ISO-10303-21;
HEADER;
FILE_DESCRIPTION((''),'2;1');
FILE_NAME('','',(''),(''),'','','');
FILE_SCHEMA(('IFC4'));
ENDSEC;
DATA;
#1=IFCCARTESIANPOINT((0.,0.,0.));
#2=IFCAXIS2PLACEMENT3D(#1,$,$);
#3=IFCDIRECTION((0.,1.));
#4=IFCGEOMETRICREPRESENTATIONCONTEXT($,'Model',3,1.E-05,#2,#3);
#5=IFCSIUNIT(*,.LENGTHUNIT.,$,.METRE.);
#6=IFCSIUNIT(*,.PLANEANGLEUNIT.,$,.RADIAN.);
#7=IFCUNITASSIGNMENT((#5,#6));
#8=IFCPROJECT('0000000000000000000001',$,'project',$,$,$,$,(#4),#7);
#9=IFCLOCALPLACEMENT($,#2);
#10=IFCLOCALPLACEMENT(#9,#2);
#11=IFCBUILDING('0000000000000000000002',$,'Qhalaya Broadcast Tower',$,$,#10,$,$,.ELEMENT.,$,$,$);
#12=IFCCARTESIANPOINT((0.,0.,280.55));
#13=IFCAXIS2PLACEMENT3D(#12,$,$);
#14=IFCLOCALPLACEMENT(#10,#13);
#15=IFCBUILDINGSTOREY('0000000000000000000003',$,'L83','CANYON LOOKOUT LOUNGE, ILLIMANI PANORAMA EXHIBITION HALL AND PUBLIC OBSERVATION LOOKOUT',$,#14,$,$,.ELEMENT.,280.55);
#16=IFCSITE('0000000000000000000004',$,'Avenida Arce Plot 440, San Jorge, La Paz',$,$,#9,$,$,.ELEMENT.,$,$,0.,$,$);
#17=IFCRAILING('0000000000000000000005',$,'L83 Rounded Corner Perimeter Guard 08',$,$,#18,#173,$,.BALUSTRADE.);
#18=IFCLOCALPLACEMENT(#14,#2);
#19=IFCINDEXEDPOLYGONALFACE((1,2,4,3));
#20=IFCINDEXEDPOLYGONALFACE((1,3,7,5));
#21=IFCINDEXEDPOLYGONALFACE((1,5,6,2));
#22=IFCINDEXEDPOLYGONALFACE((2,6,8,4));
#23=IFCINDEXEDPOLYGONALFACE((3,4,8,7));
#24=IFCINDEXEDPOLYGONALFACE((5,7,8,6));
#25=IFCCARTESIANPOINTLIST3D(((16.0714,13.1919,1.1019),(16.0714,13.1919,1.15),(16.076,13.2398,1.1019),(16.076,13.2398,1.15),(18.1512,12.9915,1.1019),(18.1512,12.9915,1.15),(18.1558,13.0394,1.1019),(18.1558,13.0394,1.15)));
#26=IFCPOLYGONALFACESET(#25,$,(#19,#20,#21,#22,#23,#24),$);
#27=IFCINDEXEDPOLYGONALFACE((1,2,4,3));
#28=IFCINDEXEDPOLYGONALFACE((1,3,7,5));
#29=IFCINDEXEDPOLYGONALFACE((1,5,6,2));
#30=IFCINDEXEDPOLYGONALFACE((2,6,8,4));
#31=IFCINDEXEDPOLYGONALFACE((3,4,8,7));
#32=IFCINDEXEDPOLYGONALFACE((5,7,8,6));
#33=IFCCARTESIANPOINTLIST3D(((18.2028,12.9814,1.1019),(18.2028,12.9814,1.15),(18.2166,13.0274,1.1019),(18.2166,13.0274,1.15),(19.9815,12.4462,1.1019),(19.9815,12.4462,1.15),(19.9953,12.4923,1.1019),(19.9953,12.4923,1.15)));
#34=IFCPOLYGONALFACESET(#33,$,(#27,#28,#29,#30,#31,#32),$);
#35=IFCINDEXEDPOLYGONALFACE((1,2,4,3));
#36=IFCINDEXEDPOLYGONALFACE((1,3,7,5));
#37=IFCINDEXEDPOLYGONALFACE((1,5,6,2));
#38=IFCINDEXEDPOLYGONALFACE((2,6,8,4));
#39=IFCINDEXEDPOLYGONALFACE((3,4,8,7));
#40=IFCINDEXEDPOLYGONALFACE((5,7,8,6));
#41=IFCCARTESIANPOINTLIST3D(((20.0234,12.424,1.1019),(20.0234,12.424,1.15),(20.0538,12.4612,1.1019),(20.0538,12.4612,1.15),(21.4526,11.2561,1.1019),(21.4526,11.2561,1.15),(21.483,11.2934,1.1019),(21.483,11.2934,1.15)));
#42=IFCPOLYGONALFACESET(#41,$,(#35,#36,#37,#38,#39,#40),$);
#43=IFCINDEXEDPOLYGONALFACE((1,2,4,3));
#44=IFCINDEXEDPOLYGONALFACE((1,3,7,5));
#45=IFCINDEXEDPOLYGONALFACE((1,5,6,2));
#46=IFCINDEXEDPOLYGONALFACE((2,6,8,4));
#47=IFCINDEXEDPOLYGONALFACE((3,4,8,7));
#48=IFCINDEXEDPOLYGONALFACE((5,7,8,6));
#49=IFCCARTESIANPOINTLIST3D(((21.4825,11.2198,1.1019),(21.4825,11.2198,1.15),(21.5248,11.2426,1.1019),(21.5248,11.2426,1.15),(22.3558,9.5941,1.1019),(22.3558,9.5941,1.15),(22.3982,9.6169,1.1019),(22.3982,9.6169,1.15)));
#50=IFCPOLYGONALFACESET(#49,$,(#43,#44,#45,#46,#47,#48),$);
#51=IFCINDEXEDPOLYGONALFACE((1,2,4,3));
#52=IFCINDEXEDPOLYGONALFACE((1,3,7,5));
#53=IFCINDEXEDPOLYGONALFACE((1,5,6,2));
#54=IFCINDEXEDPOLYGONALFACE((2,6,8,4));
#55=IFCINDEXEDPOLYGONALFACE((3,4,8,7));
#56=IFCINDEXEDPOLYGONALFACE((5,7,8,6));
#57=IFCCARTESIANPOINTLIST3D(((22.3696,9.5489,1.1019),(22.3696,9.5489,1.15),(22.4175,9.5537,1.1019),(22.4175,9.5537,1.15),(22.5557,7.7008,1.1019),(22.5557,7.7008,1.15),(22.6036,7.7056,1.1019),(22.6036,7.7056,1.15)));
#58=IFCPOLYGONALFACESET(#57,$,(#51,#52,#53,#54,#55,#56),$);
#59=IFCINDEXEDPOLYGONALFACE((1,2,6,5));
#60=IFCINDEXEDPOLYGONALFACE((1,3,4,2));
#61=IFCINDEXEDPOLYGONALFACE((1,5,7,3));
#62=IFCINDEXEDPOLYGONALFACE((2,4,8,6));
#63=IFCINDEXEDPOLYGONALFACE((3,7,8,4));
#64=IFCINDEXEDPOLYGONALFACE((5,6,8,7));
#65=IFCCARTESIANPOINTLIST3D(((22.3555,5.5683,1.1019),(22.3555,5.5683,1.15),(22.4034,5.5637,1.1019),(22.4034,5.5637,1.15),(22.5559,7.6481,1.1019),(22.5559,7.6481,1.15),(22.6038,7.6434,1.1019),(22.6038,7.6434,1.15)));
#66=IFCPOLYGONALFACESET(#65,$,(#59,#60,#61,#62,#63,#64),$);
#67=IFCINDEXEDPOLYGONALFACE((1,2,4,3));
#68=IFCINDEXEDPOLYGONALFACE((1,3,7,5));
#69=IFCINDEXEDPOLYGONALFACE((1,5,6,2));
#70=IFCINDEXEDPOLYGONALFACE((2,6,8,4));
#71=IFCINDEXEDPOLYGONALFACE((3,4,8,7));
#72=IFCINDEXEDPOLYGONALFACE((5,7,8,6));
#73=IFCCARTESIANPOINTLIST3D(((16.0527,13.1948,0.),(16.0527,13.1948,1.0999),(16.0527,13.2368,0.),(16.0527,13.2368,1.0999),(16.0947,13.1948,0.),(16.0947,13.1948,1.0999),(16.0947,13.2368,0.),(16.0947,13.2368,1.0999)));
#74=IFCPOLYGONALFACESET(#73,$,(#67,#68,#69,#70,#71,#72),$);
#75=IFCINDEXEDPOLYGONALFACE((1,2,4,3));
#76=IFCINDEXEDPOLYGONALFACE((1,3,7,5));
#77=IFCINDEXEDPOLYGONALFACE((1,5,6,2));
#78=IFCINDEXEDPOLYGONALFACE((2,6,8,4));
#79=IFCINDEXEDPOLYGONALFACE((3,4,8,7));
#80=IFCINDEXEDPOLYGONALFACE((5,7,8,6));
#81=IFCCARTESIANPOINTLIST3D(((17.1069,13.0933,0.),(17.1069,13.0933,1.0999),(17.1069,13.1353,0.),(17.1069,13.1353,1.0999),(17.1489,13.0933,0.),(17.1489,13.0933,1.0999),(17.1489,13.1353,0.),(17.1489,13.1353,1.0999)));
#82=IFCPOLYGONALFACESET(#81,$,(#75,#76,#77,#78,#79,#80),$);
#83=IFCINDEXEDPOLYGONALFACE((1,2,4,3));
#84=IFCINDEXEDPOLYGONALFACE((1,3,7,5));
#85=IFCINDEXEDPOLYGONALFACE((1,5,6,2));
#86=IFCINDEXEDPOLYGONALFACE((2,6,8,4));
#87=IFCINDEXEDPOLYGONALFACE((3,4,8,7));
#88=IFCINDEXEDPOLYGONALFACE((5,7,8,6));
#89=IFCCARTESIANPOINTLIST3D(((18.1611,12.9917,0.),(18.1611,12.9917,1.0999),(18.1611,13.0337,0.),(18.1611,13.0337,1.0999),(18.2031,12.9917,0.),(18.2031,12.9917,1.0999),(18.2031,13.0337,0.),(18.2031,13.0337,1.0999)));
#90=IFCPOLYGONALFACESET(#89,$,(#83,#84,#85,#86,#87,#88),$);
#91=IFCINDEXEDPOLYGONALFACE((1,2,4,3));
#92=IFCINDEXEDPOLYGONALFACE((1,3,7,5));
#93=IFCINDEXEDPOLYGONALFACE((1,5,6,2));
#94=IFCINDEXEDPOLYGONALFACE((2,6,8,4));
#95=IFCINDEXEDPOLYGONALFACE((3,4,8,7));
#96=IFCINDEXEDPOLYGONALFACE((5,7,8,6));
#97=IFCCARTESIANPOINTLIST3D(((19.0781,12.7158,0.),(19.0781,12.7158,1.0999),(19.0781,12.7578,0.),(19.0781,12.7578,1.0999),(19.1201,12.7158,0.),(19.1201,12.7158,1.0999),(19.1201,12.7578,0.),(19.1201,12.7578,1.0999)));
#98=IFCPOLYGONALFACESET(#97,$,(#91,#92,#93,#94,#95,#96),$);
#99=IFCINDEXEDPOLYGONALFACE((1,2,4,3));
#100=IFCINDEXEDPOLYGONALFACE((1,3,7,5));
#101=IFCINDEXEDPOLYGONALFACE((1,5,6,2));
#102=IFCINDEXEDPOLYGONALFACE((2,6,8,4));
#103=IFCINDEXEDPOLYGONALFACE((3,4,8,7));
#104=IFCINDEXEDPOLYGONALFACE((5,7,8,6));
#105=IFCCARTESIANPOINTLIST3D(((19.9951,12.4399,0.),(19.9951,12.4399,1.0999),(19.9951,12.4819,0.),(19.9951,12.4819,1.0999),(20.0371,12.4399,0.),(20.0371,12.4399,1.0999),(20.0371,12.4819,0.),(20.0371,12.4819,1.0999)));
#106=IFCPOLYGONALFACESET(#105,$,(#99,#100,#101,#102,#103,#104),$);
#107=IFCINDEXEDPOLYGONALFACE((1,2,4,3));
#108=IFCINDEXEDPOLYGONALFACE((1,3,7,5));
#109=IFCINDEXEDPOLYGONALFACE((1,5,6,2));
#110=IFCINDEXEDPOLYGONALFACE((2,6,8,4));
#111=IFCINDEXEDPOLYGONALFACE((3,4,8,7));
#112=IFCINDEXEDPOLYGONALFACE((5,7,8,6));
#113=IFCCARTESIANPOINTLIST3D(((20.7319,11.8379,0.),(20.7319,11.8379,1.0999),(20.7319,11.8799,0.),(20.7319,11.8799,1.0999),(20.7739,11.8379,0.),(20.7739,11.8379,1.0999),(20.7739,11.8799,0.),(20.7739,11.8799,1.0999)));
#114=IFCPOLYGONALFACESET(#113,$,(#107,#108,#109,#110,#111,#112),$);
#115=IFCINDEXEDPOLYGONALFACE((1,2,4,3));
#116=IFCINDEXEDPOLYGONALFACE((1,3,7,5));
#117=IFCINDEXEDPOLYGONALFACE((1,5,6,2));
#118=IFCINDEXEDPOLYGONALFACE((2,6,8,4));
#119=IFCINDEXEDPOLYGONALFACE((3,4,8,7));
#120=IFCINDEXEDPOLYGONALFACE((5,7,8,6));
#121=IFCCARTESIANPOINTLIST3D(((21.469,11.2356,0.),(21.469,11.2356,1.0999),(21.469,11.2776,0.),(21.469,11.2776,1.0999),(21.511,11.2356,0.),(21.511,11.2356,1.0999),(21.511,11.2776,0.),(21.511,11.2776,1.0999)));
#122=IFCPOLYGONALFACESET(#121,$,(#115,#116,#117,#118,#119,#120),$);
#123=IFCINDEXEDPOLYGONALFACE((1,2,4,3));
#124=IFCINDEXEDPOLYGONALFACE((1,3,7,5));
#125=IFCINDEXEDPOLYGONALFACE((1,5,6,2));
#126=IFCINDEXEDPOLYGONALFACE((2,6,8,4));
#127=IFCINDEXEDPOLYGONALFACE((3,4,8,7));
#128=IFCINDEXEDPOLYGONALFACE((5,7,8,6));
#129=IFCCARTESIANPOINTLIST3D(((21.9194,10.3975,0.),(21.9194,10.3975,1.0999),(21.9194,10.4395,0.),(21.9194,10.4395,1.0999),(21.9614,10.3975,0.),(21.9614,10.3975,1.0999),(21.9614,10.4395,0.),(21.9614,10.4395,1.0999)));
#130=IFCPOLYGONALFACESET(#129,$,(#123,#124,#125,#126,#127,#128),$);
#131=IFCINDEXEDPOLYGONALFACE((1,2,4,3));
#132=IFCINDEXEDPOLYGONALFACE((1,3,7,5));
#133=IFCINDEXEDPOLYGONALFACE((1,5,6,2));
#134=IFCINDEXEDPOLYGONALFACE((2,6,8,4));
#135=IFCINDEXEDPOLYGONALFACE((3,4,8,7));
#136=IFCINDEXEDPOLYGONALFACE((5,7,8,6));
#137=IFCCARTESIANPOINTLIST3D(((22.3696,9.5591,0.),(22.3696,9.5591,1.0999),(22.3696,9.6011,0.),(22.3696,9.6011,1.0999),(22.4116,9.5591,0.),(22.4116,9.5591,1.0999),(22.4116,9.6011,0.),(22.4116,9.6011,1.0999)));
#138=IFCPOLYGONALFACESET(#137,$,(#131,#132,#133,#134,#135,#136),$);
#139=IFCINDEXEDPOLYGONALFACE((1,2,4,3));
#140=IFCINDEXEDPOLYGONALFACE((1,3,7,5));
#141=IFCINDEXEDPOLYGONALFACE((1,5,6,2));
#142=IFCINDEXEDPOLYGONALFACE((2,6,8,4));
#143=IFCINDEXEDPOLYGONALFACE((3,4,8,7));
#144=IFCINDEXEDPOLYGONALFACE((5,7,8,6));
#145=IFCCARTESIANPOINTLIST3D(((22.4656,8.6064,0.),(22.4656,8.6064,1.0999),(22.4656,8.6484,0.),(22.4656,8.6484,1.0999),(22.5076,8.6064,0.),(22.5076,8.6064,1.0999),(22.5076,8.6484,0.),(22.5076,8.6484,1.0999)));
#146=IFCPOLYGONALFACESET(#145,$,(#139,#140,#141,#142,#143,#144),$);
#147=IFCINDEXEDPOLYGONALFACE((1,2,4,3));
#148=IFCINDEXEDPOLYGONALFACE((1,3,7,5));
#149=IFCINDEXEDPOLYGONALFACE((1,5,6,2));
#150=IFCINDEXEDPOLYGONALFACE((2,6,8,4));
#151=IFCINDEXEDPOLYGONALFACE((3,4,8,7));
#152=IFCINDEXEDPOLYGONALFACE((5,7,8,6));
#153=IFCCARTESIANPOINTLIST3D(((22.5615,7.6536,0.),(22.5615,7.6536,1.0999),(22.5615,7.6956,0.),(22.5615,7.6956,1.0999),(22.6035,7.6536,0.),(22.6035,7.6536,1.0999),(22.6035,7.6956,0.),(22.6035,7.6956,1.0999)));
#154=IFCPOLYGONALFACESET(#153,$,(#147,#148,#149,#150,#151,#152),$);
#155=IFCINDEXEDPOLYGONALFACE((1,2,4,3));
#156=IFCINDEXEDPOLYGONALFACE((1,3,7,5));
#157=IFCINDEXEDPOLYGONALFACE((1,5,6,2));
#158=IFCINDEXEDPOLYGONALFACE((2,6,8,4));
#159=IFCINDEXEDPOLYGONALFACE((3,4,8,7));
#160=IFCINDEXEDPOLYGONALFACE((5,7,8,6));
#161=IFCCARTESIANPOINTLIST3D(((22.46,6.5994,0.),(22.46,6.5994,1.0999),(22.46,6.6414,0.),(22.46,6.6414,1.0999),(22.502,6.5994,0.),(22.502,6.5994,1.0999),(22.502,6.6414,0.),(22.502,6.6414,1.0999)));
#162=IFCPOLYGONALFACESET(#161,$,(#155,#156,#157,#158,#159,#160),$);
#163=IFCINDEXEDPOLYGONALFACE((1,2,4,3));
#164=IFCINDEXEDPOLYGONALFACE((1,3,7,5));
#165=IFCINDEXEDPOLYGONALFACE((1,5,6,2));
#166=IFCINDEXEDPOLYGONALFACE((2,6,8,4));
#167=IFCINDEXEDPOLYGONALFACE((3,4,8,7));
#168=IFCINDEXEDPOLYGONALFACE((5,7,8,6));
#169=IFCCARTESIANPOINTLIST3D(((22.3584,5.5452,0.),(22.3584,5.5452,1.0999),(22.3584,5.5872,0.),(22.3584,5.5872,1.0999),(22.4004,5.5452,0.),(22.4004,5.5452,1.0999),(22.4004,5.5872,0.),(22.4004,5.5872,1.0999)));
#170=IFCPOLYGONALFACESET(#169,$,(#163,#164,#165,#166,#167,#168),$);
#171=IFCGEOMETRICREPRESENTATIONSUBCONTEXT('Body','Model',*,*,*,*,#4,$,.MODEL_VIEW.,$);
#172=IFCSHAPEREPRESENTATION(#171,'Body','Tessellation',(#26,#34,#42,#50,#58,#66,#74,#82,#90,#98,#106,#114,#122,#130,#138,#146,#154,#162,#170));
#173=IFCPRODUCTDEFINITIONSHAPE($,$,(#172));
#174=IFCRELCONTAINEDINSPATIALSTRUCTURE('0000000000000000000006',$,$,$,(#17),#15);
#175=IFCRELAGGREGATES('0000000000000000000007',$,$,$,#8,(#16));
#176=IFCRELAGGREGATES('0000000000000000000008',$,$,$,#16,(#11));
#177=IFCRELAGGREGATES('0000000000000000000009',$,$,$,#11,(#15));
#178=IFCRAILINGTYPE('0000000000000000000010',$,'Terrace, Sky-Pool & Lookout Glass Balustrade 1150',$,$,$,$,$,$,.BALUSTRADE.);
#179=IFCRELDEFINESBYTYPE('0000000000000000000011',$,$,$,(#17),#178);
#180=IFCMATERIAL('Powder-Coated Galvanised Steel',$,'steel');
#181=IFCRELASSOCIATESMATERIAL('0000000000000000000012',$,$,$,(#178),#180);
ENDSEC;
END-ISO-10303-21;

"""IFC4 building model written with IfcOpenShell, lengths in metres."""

from ifc_helpers import new_model, si_unit, direction, frame, origin, origin_2d, place, context, subcontext, project, spatial, rectangle, extrude, material, type_object, element, save


model = new_model("IFC4")

# Units and contexts
model_context = context("Model", 3, precision=1e-05, world=origin(), true_north=direction((0.0, 1.0)))
body_context = subcontext(model_context, "Body", "Model", "MODEL_VIEW")
ifc_project = project(units=[si_unit("LENGTHUNIT", "METRE"), si_unit("PLANEANGLEUNIT", "RADIAN")], contexts=[model_context])

# Site, building, storey
site_placement = place(None, origin())
site = spatial("IfcSite", under=ifc_project, at=site_placement, Name="Avenida Arce Plot 440, San Jorge, La Paz", CompositionType="ELEMENT", RefElevation=0.0)
building_placement = place(site_placement, origin())
building = spatial("IfcBuilding", under=site, at=building_placement, Name="Qhalaya Broadcast Tower", CompositionType="ELEMENT")
storey_placement = place(building_placement, frame((0.0, 0.0, 280.55)))
storey = spatial("IfcBuildingStorey", under=building, at=storey_placement, Name="L83", Description="CANYON LOOKOUT LOUNGE, ILLIMANI PANORAMA EXHIBITION HALL AND PUBLIC OBSERVATION LOOKOUT", CompositionType="ELEMENT", Elevation=280.55)

# Railing
ifc_material_1 = material(Name="Powder-Coated Galvanised Steel", Category="steel")
railing_type = type_object("IfcRailingType", Name="Terrace, Sky-Pool & Lookout Glass Balustrade 1150", PredefinedType="BALUSTRADE", material=ifc_material_1)
railing_1_placement = place(storey_placement, frame((16.0737, 13.2158, 0.0)))
element("IfcRailing", 1, at=railing_1_placement, inside=storey, type_object=railing_type, Name="L83 Rounded Corner Perimeter Guard 08", PredefinedType="BALUSTRADE", context=body_context, shape_type="SweptSolid", body=[
    extrude(rectangle(XDim=0.0481, YDim=0.0481, at=origin_2d()), frame((0.0, 0.0, 1.126), z_axis=(0.995391, -0.095897, 0.0), x_axis=(0.095897, 0.995391, 0.0)), (0.0, 0.0, 1.0), 2.0894),
    extrude(rectangle(XDim=0.0481, YDim=0.0481, at=origin_2d()), frame((2.136, -0.2114, 1.126), z_axis=(0.957601, -0.288096, 0.0), x_axis=(0.288096, 0.957601, 0.0)), (0.0, 0.0, 1.0), 1.8574),
    extrude(rectangle(XDim=0.0481, YDim=0.0481, at=origin_2d()), frame((3.9648, -0.7732, 1.126), z_axis=(0.774357, -0.632749, 0.0), x_axis=(0.632749, 0.774357, 0.0)), (0.0, 0.0, 1.0), 1.8457),
    extrude(rectangle(XDim=0.0481, YDim=0.0481, at=origin_2d()), frame((5.4299, -1.9846, 1.126), z_axis=(0.473243, -0.880932, 0.0), x_axis=(0.880932, 0.473243, 0.0)), (0.0, 0.0, 1.0), 1.8455),
    extrude(rectangle(XDim=0.0481, YDim=0.0481, at=origin_2d()), frame((6.3198, -3.6646, 1.126), z_axis=(0.100198, -0.994968, 0.0), x_axis=(0.994968, 0.100198, 0.0)), (0.0, 0.0, 1.0), 1.8574),
    extrude(rectangle(XDim=0.0481, YDim=0.0481, at=origin_2d()), frame((6.5061, -5.5701, 1.126), z_axis=(-0.095897, -0.995391, 0.0), x_axis=(0.995391, -0.095897, 0.0)), (0.0, 0.0, 1.0), 2.0894),
    extrude(rectangle(XDim=0.042, YDim=0.042, at=origin_2d()), origin(), (0.0, 0.0, 1.0), 1.0999),
    extrude(rectangle(XDim=0.042, YDim=0.042, at=origin_2d()), frame((1.0542, -0.1016, 0.0)), (0.0, 0.0, 1.0), 1.0999),
    extrude(rectangle(XDim=0.042, YDim=0.042, at=origin_2d()), frame((2.1084, -0.2031, 0.0)), (0.0, 0.0, 1.0), 1.0999),
    extrude(rectangle(XDim=0.042, YDim=0.042, at=origin_2d()), frame((3.0254, -0.479, 0.0)), (0.0, 0.0, 1.0), 1.0999),
    extrude(rectangle(XDim=0.042, YDim=0.042, at=origin_2d()), frame((3.9424, -0.7549, 0.0)), (0.0, 0.0, 1.0), 1.0999),
    extrude(rectangle(XDim=0.042, YDim=0.042, at=origin_2d()), frame((4.6792, -1.3569, 0.0)), (0.0, 0.0, 1.0), 1.0999),
    extrude(rectangle(XDim=0.042, YDim=0.042, at=origin_2d()), frame((5.4163, -1.9592, 0.0)), (0.0, 0.0, 1.0), 1.0999),
    extrude(rectangle(XDim=0.042, YDim=0.042, at=origin_2d()), frame((5.8667, -2.7974, 0.0)), (0.0, 0.0, 1.0), 1.0999),
    extrude(rectangle(XDim=0.042, YDim=0.042, at=origin_2d()), frame((6.3169, -3.6357, 0.0)), (0.0, 0.0, 1.0), 1.0999),
    extrude(rectangle(XDim=0.042, YDim=0.042, at=origin_2d()), frame((6.4128, -4.5884, 0.0)), (0.0, 0.0, 1.0), 1.0999),
    extrude(rectangle(XDim=0.042, YDim=0.042, at=origin_2d()), frame((6.5088, -5.5413, 0.0)), (0.0, 0.0, 1.0), 1.0999),
    extrude(rectangle(XDim=0.042, YDim=0.042, at=origin_2d()), frame((6.4072, -6.5955, 0.0)), (0.0, 0.0, 1.0), 1.0999),
    extrude(rectangle(XDim=0.042, YDim=0.042, at=origin_2d()), frame((6.3057, -7.6497, 0.0)), (0.0, 0.0, 1.0), 1.0999),
])

save(model, "model.ifc")
